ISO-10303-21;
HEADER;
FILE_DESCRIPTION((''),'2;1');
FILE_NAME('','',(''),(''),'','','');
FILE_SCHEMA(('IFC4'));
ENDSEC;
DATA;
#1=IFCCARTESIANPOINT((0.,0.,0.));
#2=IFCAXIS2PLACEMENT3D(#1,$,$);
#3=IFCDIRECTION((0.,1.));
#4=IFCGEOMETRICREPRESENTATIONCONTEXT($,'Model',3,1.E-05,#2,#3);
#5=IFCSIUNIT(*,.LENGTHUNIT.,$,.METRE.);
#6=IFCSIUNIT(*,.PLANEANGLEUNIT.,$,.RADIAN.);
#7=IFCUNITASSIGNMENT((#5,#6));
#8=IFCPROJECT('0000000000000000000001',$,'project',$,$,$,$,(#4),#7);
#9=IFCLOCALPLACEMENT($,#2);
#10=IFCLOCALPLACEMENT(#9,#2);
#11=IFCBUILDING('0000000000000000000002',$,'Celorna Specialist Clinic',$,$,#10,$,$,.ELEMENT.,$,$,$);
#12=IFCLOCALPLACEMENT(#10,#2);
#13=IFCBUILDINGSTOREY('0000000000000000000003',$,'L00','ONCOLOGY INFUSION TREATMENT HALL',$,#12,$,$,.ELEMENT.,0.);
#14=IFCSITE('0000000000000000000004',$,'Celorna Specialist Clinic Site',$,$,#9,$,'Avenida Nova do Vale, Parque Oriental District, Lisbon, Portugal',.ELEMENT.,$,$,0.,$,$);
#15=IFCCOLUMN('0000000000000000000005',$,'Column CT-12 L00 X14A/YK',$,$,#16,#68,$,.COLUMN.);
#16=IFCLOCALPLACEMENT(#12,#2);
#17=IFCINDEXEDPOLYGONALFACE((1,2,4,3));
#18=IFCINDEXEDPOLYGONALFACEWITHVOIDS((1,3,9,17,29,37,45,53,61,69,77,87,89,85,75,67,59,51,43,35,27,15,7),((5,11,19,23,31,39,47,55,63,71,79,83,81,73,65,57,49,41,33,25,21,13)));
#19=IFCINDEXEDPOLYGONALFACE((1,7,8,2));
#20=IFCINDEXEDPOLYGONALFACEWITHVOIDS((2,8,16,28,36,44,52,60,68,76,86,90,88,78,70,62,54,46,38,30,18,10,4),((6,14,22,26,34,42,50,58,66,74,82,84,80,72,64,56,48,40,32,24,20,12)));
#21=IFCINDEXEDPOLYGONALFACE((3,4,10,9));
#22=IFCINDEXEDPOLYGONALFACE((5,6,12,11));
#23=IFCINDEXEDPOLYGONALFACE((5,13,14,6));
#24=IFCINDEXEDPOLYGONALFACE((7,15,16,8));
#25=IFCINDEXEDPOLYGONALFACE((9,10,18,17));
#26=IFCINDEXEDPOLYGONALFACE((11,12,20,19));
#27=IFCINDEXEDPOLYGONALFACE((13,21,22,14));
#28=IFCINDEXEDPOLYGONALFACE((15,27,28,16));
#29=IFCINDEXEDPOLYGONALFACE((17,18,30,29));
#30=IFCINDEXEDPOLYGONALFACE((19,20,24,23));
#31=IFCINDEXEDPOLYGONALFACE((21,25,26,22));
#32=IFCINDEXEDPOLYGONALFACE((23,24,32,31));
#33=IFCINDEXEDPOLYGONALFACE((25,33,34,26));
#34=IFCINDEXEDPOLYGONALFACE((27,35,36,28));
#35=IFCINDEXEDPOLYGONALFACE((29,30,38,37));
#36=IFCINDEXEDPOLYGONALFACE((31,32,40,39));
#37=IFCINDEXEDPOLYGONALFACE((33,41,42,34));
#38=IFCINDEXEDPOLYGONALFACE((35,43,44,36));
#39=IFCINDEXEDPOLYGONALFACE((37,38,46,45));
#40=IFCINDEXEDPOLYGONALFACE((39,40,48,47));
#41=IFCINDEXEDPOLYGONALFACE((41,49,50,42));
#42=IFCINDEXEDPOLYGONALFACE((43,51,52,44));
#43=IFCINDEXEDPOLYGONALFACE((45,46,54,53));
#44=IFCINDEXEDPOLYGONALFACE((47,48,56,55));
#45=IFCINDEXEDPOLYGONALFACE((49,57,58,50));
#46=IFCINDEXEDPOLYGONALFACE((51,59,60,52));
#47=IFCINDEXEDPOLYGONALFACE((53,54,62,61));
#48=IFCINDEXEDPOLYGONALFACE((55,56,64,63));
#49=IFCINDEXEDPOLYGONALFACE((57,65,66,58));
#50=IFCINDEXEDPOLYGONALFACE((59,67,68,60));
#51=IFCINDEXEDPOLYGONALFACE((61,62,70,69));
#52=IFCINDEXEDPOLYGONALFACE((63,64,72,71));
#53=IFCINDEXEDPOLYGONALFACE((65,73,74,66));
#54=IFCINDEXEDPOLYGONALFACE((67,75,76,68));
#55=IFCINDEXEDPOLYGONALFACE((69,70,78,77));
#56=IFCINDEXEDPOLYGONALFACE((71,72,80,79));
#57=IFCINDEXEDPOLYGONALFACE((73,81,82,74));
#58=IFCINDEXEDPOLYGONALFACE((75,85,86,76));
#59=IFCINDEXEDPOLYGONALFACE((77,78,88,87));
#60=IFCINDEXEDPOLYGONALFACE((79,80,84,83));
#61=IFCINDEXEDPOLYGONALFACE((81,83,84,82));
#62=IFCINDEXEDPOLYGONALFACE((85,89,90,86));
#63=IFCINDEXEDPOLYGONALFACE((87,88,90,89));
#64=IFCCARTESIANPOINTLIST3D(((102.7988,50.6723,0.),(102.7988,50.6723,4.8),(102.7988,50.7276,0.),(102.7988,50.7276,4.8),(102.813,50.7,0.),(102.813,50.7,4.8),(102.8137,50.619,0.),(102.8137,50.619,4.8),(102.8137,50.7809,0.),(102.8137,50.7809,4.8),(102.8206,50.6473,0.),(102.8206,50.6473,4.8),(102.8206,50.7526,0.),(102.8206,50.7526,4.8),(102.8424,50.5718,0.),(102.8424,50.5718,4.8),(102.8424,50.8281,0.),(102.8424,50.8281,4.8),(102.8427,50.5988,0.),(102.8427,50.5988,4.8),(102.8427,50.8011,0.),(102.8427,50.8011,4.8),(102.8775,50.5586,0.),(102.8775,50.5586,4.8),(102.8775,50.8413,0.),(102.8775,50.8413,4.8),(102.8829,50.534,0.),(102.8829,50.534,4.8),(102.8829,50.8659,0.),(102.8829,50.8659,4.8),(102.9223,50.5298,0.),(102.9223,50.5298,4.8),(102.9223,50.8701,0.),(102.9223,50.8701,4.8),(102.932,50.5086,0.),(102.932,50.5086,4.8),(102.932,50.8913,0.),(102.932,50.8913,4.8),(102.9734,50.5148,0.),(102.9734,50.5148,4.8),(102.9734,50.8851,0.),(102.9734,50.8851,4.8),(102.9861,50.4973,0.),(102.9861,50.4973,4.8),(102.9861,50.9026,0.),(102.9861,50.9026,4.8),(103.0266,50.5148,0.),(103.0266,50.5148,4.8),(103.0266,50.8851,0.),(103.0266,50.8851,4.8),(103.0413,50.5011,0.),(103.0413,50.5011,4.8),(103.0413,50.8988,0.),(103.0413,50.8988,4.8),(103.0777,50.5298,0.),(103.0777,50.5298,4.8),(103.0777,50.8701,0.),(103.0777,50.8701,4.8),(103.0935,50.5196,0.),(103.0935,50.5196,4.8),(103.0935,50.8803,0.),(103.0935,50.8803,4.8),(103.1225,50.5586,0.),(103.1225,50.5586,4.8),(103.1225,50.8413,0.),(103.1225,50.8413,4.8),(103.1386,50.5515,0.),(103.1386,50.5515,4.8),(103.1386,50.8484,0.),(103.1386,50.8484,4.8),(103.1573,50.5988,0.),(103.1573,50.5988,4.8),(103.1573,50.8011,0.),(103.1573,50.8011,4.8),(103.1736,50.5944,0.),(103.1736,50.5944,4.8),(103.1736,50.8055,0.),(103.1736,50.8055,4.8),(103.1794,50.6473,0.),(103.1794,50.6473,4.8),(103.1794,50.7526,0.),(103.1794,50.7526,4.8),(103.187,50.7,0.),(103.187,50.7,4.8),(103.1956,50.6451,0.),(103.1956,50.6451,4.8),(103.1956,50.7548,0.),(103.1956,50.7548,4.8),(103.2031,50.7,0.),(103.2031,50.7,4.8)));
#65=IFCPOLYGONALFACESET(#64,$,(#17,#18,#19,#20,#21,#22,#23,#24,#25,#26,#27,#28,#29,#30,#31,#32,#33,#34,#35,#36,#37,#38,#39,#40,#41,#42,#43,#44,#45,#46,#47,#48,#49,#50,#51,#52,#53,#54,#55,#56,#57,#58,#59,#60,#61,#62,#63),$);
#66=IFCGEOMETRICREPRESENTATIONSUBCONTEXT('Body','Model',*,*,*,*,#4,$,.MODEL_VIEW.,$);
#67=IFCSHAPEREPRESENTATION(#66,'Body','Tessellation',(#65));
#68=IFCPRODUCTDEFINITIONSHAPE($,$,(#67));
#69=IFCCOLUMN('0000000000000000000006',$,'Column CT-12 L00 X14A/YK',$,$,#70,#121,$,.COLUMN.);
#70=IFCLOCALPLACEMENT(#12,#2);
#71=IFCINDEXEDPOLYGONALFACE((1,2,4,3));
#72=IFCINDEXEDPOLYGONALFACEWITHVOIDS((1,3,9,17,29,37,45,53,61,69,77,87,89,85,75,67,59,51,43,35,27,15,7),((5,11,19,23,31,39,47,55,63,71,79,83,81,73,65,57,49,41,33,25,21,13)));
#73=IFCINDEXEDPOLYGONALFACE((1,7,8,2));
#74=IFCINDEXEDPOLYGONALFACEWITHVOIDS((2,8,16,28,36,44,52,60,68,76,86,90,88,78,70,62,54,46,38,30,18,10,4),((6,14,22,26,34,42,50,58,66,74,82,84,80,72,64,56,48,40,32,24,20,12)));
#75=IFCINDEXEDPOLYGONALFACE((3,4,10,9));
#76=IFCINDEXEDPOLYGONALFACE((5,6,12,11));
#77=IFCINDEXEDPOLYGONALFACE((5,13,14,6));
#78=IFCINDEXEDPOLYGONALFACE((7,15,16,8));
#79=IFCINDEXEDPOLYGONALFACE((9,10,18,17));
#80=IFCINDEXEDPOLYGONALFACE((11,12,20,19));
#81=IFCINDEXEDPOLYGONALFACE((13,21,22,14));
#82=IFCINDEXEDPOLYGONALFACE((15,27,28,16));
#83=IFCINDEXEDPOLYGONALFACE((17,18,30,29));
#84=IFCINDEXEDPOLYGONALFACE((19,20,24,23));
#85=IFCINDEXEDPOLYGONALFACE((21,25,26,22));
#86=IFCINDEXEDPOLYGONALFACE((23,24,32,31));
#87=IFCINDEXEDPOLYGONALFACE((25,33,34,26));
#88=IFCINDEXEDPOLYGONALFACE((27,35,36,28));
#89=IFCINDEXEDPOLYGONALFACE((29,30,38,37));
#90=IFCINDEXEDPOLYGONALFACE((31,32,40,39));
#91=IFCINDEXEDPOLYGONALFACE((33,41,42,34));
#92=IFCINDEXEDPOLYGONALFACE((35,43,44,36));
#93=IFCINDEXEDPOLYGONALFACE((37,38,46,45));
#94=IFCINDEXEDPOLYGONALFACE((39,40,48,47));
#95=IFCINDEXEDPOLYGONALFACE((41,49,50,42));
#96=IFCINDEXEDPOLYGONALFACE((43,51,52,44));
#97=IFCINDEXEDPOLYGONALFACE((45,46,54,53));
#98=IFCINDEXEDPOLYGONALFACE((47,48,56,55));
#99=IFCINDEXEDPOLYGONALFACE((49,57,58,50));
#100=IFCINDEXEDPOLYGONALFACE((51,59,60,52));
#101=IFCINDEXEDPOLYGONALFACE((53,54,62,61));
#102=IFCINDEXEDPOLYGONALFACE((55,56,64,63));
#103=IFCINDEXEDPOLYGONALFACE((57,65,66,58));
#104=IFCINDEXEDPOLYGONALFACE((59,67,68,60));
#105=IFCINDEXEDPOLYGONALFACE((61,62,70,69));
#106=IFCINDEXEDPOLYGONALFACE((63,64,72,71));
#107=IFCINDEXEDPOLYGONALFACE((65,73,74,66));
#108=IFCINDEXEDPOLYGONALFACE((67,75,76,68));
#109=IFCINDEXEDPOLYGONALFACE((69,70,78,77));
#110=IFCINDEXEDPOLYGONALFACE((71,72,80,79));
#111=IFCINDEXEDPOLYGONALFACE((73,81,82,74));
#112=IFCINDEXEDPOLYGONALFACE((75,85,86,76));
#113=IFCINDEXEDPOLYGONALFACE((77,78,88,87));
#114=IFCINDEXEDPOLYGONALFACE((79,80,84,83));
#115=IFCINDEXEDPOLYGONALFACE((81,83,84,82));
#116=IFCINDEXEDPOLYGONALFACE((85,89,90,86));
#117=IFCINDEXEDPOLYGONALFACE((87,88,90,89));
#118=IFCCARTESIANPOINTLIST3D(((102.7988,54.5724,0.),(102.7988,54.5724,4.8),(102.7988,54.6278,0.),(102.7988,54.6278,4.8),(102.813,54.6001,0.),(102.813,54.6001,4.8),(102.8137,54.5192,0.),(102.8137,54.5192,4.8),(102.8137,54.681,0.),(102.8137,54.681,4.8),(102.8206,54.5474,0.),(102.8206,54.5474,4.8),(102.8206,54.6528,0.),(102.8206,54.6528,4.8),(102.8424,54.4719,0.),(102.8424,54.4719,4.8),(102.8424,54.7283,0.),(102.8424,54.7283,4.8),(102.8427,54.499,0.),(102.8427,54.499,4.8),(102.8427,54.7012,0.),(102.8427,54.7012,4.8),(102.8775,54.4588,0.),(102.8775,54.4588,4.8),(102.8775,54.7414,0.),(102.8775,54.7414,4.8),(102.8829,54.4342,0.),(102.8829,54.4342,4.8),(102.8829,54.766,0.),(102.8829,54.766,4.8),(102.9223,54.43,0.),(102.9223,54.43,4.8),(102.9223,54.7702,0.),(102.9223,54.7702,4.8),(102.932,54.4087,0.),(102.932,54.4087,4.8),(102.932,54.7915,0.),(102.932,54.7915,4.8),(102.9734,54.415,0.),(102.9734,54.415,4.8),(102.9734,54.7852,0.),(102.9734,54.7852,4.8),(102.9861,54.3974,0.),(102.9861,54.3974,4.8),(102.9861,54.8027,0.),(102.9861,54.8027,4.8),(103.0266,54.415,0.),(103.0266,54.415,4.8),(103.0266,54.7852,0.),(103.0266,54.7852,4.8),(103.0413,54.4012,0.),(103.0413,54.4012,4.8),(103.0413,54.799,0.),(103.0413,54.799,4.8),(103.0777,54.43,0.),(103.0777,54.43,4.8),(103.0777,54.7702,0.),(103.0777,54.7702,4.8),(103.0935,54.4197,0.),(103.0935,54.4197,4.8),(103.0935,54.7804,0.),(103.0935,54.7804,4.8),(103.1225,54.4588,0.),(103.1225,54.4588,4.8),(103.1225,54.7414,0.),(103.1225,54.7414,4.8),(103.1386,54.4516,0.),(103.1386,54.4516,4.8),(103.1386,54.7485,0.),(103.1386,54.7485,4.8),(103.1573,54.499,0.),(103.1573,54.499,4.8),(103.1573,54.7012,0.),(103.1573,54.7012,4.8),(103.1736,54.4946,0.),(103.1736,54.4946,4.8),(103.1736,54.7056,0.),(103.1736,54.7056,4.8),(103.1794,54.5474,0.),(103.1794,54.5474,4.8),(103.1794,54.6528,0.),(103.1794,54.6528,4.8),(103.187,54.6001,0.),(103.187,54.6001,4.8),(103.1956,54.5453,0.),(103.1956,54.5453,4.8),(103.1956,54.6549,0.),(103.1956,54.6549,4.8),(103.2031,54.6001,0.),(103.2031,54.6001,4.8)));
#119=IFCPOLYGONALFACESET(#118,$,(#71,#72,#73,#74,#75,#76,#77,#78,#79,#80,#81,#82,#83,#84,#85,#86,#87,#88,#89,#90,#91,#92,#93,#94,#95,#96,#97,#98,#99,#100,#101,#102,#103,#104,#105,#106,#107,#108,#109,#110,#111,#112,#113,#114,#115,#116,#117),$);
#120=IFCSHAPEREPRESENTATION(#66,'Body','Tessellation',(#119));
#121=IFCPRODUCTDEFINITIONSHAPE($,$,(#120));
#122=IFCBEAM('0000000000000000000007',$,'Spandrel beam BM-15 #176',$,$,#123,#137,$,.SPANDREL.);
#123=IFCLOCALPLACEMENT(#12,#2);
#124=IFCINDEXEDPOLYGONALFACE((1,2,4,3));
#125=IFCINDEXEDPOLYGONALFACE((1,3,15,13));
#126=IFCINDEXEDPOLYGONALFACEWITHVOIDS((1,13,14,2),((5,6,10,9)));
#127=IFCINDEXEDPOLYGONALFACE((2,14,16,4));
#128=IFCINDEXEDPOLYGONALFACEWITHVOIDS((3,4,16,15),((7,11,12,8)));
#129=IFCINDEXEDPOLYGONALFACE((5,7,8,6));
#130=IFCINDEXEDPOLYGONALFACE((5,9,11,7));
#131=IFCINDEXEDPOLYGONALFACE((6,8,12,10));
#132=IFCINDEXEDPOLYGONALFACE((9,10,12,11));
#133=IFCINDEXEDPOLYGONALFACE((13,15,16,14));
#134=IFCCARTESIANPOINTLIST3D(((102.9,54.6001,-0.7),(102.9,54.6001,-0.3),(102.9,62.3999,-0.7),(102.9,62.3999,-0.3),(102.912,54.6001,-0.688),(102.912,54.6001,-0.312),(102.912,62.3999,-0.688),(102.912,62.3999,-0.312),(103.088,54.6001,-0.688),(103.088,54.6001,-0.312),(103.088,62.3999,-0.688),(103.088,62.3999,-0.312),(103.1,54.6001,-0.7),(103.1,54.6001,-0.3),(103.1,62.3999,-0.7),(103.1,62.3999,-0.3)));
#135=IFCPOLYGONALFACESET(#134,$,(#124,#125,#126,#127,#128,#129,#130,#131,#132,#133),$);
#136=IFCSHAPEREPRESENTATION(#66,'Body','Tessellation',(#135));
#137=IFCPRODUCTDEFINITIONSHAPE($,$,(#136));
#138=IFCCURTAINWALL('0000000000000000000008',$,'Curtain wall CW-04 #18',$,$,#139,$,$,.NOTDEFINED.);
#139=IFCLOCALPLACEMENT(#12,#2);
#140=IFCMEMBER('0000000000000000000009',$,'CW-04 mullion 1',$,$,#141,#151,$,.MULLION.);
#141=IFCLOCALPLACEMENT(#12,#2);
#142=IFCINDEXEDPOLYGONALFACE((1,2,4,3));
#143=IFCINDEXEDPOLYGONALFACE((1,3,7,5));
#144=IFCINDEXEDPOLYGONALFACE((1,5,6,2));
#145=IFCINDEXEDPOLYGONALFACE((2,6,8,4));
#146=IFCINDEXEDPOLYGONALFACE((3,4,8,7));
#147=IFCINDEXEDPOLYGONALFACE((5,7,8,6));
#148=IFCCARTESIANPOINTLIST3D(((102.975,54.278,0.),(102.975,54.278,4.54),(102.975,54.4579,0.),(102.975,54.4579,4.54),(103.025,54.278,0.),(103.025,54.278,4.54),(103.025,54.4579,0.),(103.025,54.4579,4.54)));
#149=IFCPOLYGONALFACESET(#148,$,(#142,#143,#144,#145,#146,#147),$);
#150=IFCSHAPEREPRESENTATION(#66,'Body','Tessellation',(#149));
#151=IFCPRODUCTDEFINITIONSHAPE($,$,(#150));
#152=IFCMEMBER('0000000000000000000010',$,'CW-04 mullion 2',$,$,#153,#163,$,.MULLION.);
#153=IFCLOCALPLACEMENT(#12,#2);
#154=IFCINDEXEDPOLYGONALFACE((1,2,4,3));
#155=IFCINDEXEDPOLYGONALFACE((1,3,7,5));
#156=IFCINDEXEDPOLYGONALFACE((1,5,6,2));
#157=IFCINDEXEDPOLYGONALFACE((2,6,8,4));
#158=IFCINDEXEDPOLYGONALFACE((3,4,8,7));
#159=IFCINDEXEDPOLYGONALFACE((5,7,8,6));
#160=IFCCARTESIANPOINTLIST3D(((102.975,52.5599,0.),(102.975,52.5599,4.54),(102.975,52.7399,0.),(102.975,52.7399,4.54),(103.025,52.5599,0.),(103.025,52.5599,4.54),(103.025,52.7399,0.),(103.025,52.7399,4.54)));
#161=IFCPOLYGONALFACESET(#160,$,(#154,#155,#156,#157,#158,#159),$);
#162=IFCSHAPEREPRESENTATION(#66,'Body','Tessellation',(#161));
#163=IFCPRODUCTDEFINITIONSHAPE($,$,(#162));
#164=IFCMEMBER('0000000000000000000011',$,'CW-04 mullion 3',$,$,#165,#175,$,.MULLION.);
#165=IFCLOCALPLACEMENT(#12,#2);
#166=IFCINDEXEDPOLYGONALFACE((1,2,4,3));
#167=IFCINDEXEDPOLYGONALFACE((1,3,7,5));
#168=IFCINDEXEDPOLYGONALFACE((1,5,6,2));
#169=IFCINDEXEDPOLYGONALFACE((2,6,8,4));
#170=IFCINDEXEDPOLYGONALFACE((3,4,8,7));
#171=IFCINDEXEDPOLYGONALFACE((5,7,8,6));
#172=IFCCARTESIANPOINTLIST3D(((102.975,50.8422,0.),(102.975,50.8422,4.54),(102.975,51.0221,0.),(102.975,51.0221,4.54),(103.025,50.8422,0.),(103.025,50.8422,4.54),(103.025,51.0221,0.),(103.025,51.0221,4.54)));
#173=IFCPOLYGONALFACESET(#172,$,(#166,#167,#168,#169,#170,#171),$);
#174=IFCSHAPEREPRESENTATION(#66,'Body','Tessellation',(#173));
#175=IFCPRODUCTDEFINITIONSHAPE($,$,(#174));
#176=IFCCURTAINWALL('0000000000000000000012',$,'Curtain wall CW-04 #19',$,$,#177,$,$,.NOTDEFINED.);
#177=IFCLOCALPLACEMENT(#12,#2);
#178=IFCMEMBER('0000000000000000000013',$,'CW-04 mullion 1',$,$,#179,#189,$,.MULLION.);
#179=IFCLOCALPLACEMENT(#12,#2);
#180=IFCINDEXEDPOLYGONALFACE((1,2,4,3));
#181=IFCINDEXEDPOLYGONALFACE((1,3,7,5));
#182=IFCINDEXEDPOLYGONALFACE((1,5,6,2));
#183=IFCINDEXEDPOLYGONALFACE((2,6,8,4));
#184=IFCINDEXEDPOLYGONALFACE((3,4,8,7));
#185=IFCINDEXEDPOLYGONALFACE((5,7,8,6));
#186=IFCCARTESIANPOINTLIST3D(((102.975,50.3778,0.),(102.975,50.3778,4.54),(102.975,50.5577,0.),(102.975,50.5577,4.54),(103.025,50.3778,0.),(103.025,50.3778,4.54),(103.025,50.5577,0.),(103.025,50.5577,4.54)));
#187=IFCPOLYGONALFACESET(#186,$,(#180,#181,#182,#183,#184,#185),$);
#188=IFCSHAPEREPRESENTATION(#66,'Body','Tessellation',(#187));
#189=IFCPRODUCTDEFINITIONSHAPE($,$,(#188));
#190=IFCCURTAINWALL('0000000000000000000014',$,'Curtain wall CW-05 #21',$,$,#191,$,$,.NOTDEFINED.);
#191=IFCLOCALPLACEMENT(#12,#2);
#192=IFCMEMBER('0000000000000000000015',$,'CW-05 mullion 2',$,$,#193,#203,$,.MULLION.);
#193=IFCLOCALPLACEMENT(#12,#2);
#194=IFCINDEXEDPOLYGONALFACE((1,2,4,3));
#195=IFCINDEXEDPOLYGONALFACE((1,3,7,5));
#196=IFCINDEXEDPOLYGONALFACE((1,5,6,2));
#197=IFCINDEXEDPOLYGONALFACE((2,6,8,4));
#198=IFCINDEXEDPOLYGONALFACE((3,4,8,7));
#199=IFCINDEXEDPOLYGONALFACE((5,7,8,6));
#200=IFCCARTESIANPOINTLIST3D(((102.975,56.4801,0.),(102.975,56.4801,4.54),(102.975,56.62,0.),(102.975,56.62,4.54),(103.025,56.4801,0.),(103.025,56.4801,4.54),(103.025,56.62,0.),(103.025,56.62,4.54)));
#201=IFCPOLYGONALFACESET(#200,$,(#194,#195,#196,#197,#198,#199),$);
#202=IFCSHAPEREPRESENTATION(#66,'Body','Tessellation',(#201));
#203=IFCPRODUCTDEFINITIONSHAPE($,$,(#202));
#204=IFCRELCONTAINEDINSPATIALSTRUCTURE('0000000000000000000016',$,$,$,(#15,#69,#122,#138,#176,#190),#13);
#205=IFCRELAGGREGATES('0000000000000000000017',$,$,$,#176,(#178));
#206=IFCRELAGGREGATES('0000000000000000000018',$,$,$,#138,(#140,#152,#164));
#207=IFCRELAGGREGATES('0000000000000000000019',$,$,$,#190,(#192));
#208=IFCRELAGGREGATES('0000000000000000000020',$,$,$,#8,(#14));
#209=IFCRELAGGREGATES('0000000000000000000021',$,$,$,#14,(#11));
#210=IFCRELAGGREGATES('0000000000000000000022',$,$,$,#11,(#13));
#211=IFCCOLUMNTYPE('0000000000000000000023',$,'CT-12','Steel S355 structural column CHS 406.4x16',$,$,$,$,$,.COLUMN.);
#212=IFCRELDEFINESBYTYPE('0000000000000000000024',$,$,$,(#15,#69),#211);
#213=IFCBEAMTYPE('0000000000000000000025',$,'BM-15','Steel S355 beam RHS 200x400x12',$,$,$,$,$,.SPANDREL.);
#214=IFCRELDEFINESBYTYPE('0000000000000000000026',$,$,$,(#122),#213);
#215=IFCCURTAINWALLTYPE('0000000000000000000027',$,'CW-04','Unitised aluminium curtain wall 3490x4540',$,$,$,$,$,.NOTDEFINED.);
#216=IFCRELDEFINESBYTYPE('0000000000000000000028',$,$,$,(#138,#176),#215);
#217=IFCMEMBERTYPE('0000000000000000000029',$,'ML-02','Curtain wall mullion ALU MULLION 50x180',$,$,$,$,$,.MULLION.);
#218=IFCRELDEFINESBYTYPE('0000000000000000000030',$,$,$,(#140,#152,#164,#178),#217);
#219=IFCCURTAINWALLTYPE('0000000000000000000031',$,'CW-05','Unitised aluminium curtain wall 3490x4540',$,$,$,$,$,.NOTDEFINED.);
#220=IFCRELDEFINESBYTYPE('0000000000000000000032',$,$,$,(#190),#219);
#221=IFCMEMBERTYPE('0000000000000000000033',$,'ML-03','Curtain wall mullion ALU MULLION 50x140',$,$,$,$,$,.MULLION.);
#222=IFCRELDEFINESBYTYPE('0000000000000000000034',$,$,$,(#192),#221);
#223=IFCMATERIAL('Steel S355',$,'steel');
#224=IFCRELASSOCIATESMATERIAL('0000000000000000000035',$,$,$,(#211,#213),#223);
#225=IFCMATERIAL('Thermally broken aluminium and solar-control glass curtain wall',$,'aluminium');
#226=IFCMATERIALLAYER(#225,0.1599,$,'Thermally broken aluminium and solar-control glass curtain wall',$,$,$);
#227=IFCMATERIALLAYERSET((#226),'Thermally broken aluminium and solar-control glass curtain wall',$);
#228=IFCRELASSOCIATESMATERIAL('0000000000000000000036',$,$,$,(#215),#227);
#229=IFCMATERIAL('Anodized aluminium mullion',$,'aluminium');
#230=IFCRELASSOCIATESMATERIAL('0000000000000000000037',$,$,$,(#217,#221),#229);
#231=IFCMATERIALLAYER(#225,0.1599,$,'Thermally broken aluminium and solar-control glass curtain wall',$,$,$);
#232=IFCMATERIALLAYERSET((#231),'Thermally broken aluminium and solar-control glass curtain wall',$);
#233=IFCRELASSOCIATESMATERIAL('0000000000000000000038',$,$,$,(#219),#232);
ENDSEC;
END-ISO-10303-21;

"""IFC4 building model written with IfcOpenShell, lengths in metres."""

from ifc_helpers import new_model, si_unit, direction, frame, origin, origin_2d, place, context, subcontext, project, spatial, rectangle, hollow_rectangle, hollow_circle, extrude, material, layer, layer_set, material_profile, profile_set, type_object, element, aggregate, save


model = new_model("IFC4")

# Units and contexts
model_context = context("Model", 3, precision=1e-05, world=origin(), true_north=direction((0.0, 1.0)))
body_context = subcontext(model_context, "Body", "Model", "MODEL_VIEW")
ifc_project = project(units=[si_unit("LENGTHUNIT", "METRE"), si_unit("PLANEANGLEUNIT", "RADIAN")], contexts=[model_context])

# Site, building, storey
site_placement = place(None, origin())
site = spatial("IfcSite", under=ifc_project, at=site_placement, Name="Celorna Specialist Clinic Site", LongName="Avenida Nova do Vale, Parque Oriental District, Lisbon, Portugal", CompositionType="ELEMENT", RefElevation=0.0)
building_placement = place(site_placement, origin())
building = spatial("IfcBuilding", under=site, at=building_placement, Name="Celorna Specialist Clinic", CompositionType="ELEMENT")
storey_placement = place(building_placement, origin())
storey = spatial("IfcBuildingStorey", under=building, at=storey_placement, Name="L00", Description="ONCOLOGY INFUSION TREATMENT HALL", CompositionType="ELEMENT", Elevation=0.0)

# Columns
ifc_material_1 = material(Name="Steel S355", Category="steel")
ifc_material_profile_1 = material_profile(ifc_material_1, hollow_circle(Radius=0.2031, WallThickness=0.0161, at=origin_2d()), Name="CHS 406.4x16")
ifc_profile_set_1 = profile_set([ifc_material_profile_1], Name="Steel S355")
column_type = type_object("IfcColumnType", Name="CT-12", Description="Steel S355 structural column CHS 406.4x16", PredefinedType="COLUMN", material=ifc_profile_set_1)
for number, where, z_axis, x_axis, name in (
    (1, (103.0, 50.7, 0.0), (0.0, 0.0, 1.0), (1.0, 0.0, 0.0), "Column CT-12 L00 X14A/YK"),
    (2, (103.0, 54.6001, 0.0), (0.0, 0.0, 1.0), (1.0, 0.0, 0.0), "Column CT-12 L00 X14A/YK"),
):
    element("IfcColumn", number, at=place(storey_placement, frame(where, z_axis=z_axis, x_axis=x_axis)), inside=storey, type_object=column_type, Name=name, PredefinedType="COLUMN", context=body_context, shape_type="SweptSolid", body=[
        extrude(hollow_circle(Radius=0.2031, WallThickness=0.0161, at=origin_2d()), origin(), (0.0, 0.0, 1.0), 4.8),
    ])

# Beam
ifc_material_profile_2 = material_profile(ifc_material_1, hollow_rectangle(XDim=0.2, YDim=0.3999, WallThickness=0.012, at=origin_2d()), Name="RHS 200x400x12")
ifc_profile_set_2 = profile_set([ifc_material_profile_2], Name="Steel S355")
beam_type = type_object("IfcBeamType", Name="BM-15", Description="Steel S355 beam RHS 200x400x12", PredefinedType="SPANDREL", material=ifc_profile_set_2)
beam_placement = place(storey_placement, frame((103.0, 54.6001, -0.5), z_axis=(0.0, 1.0, 0.0), x_axis=(-1.0, 0.0, 0.0)))
element("IfcBeam", 3, at=beam_placement, inside=storey, type_object=beam_type, Name="Spandrel beam BM-15 #176", PredefinedType="SPANDREL", context=body_context, shape_type="SweptSolid", body=[
    extrude(hollow_rectangle(XDim=0.2, YDim=0.3999, WallThickness=0.012, at=origin_2d()), origin(), (0.0, 0.0, 1.0), 7.7998),
])

# Curtain wall, members
ifc_material_2 = material(Name="Thermally broken aluminium and solar-control glass curtain wall", Category="aluminium")
ifc_layer_1 = layer(ifc_material_2, 0.1599, Name="Thermally broken aluminium and solar-control glass curtain wall")
ifc_layer_set_1 = layer_set([ifc_layer_1], Name="Thermally broken aluminium and solar-control glass curtain wall")
curtain_wall_type_1 = type_object("IfcCurtainWallType", Name="CW-04", Description="Unitised aluminium curtain wall 3490x4540", PredefinedType="NOTDEFINED", material=ifc_layer_set_1)
curtain_wall_1_placement = place(storey_placement, origin())
curtain_wall_1 = element("IfcCurtainWall", 4, at=curtain_wall_1_placement, inside=storey, type_object=curtain_wall_type_1, Name="Curtain wall CW-04 #18", PredefinedType="NOTDEFINED")
ifc_material_3 = material(Name="Anodized aluminium mullion", Category="aluminium")
ifc_material_profile_3 = material_profile(ifc_material_3, rectangle(XDim=0.05, YDim=0.1799, at=origin_2d()), Name="ALU MULLION 50x180")
ifc_profile_set_3 = profile_set([ifc_material_profile_3], Name="Anodized aluminium mullion")
member_type_1 = type_object("IfcMemberType", Name="ML-02", Description="Curtain wall mullion ALU MULLION 50x180", PredefinedType="MULLION", material=ifc_profile_set_3)
member_1_placement = place(storey_placement, frame((103.0, 54.3679, 0.0), z_axis=(0.0, 0.0, 1.0), x_axis=(1.0, 0.0, 0.0)))
member_1 = element("IfcMember", 5, at=member_1_placement, type_object=member_type_1, Name="CW-04 mullion 1", PredefinedType="MULLION", context=body_context, shape_type="SweptSolid", body=[
    extrude(rectangle(XDim=0.05, YDim=0.1799, at=origin_2d()), origin(), (0.0, 0.0, 1.0), 4.54),
])
member_2_placement = place(storey_placement, frame((103.0, 52.6499, 0.0), z_axis=(0.0, 0.0, 1.0), x_axis=(1.0, 0.0, 0.0)))
member_2 = element("IfcMember", 6, at=member_2_placement, type_object=member_type_1, Name="CW-04 mullion 2", PredefinedType="MULLION", context=body_context, shape_type="SweptSolid", body=[
    extrude(rectangle(XDim=0.05, YDim=0.1799, at=origin_2d()), origin(), (0.0, 0.0, 1.0), 4.54),
])
member_3_placement = place(storey_placement, frame((103.0, 50.9321, 0.0), z_axis=(0.0, 0.0, 1.0), x_axis=(1.0, 0.0, 0.0)))
member_3 = element("IfcMember", 7, at=member_3_placement, type_object=member_type_1, Name="CW-04 mullion 3", PredefinedType="MULLION", context=body_context, shape_type="SweptSolid", body=[
    extrude(rectangle(XDim=0.05, YDim=0.1799, at=origin_2d()), origin(), (0.0, 0.0, 1.0), 4.54),
])

# Curtain wall, member
curtain_wall_2_placement = place(storey_placement, origin())
curtain_wall_2 = element("IfcCurtainWall", 8, at=curtain_wall_2_placement, inside=storey, type_object=curtain_wall_type_1, Name="Curtain wall CW-04 #19", PredefinedType="NOTDEFINED")
member_4_placement = place(storey_placement, frame((103.0, 50.4678, 0.0), z_axis=(0.0, 0.0, 1.0), x_axis=(1.0, 0.0, 0.0)))
member_4 = element("IfcMember", 9, at=member_4_placement, type_object=member_type_1, Name="CW-04 mullion 1", PredefinedType="MULLION", context=body_context, shape_type="SweptSolid", body=[
    extrude(rectangle(XDim=0.05, YDim=0.1799, at=origin_2d()), origin(), (0.0, 0.0, 1.0), 4.54),
])

# Curtain wall, member
ifc_layer_2 = layer(ifc_material_2, 0.1599, Name="Thermally broken aluminium and solar-control glass curtain wall")
ifc_layer_set_2 = layer_set([ifc_layer_2], Name="Thermally broken aluminium and solar-control glass curtain wall")
curtain_wall_type_2 = type_object("IfcCurtainWallType", Name="CW-05", Description="Unitised aluminium curtain wall 3490x4540", PredefinedType="NOTDEFINED", material=ifc_layer_set_2)
curtain_wall_3_placement = place(storey_placement, origin())
curtain_wall_3 = element("IfcCurtainWall", 10, at=curtain_wall_3_placement, inside=storey, type_object=curtain_wall_type_2, Name="Curtain wall CW-05 #21", PredefinedType="NOTDEFINED")
ifc_material_profile_4 = material_profile(ifc_material_3, rectangle(XDim=0.05, YDim=0.1399, at=origin_2d()), Name="ALU MULLION 50x140")
ifc_profile_set_4 = profile_set([ifc_material_profile_4], Name="Anodized aluminium mullion")
member_type_2 = type_object("IfcMemberType", Name="ML-03", Description="Curtain wall mullion ALU MULLION 50x140", PredefinedType="MULLION", material=ifc_profile_set_4)
member_5_placement = place(storey_placement, frame((103.0, 56.55, 0.0), z_axis=(0.0, 0.0, 1.0), x_axis=(1.0, 0.0, 0.0)))
member_5 = element("IfcMember", 11, at=member_5_placement, type_object=member_type_2, Name="CW-05 mullion 2", PredefinedType="MULLION", context=body_context, shape_type="SweptSolid", body=[
    extrude(rectangle(XDim=0.05, YDim=0.1399, at=origin_2d()), origin(), (0.0, 0.0, 1.0), 4.54),
])

aggregate(curtain_wall_2, [member_4])

aggregate(curtain_wall_1, [member_1, member_2, member_3])
aggregate(curtain_wall_3, [member_5])

save(model, "model.ifc")
